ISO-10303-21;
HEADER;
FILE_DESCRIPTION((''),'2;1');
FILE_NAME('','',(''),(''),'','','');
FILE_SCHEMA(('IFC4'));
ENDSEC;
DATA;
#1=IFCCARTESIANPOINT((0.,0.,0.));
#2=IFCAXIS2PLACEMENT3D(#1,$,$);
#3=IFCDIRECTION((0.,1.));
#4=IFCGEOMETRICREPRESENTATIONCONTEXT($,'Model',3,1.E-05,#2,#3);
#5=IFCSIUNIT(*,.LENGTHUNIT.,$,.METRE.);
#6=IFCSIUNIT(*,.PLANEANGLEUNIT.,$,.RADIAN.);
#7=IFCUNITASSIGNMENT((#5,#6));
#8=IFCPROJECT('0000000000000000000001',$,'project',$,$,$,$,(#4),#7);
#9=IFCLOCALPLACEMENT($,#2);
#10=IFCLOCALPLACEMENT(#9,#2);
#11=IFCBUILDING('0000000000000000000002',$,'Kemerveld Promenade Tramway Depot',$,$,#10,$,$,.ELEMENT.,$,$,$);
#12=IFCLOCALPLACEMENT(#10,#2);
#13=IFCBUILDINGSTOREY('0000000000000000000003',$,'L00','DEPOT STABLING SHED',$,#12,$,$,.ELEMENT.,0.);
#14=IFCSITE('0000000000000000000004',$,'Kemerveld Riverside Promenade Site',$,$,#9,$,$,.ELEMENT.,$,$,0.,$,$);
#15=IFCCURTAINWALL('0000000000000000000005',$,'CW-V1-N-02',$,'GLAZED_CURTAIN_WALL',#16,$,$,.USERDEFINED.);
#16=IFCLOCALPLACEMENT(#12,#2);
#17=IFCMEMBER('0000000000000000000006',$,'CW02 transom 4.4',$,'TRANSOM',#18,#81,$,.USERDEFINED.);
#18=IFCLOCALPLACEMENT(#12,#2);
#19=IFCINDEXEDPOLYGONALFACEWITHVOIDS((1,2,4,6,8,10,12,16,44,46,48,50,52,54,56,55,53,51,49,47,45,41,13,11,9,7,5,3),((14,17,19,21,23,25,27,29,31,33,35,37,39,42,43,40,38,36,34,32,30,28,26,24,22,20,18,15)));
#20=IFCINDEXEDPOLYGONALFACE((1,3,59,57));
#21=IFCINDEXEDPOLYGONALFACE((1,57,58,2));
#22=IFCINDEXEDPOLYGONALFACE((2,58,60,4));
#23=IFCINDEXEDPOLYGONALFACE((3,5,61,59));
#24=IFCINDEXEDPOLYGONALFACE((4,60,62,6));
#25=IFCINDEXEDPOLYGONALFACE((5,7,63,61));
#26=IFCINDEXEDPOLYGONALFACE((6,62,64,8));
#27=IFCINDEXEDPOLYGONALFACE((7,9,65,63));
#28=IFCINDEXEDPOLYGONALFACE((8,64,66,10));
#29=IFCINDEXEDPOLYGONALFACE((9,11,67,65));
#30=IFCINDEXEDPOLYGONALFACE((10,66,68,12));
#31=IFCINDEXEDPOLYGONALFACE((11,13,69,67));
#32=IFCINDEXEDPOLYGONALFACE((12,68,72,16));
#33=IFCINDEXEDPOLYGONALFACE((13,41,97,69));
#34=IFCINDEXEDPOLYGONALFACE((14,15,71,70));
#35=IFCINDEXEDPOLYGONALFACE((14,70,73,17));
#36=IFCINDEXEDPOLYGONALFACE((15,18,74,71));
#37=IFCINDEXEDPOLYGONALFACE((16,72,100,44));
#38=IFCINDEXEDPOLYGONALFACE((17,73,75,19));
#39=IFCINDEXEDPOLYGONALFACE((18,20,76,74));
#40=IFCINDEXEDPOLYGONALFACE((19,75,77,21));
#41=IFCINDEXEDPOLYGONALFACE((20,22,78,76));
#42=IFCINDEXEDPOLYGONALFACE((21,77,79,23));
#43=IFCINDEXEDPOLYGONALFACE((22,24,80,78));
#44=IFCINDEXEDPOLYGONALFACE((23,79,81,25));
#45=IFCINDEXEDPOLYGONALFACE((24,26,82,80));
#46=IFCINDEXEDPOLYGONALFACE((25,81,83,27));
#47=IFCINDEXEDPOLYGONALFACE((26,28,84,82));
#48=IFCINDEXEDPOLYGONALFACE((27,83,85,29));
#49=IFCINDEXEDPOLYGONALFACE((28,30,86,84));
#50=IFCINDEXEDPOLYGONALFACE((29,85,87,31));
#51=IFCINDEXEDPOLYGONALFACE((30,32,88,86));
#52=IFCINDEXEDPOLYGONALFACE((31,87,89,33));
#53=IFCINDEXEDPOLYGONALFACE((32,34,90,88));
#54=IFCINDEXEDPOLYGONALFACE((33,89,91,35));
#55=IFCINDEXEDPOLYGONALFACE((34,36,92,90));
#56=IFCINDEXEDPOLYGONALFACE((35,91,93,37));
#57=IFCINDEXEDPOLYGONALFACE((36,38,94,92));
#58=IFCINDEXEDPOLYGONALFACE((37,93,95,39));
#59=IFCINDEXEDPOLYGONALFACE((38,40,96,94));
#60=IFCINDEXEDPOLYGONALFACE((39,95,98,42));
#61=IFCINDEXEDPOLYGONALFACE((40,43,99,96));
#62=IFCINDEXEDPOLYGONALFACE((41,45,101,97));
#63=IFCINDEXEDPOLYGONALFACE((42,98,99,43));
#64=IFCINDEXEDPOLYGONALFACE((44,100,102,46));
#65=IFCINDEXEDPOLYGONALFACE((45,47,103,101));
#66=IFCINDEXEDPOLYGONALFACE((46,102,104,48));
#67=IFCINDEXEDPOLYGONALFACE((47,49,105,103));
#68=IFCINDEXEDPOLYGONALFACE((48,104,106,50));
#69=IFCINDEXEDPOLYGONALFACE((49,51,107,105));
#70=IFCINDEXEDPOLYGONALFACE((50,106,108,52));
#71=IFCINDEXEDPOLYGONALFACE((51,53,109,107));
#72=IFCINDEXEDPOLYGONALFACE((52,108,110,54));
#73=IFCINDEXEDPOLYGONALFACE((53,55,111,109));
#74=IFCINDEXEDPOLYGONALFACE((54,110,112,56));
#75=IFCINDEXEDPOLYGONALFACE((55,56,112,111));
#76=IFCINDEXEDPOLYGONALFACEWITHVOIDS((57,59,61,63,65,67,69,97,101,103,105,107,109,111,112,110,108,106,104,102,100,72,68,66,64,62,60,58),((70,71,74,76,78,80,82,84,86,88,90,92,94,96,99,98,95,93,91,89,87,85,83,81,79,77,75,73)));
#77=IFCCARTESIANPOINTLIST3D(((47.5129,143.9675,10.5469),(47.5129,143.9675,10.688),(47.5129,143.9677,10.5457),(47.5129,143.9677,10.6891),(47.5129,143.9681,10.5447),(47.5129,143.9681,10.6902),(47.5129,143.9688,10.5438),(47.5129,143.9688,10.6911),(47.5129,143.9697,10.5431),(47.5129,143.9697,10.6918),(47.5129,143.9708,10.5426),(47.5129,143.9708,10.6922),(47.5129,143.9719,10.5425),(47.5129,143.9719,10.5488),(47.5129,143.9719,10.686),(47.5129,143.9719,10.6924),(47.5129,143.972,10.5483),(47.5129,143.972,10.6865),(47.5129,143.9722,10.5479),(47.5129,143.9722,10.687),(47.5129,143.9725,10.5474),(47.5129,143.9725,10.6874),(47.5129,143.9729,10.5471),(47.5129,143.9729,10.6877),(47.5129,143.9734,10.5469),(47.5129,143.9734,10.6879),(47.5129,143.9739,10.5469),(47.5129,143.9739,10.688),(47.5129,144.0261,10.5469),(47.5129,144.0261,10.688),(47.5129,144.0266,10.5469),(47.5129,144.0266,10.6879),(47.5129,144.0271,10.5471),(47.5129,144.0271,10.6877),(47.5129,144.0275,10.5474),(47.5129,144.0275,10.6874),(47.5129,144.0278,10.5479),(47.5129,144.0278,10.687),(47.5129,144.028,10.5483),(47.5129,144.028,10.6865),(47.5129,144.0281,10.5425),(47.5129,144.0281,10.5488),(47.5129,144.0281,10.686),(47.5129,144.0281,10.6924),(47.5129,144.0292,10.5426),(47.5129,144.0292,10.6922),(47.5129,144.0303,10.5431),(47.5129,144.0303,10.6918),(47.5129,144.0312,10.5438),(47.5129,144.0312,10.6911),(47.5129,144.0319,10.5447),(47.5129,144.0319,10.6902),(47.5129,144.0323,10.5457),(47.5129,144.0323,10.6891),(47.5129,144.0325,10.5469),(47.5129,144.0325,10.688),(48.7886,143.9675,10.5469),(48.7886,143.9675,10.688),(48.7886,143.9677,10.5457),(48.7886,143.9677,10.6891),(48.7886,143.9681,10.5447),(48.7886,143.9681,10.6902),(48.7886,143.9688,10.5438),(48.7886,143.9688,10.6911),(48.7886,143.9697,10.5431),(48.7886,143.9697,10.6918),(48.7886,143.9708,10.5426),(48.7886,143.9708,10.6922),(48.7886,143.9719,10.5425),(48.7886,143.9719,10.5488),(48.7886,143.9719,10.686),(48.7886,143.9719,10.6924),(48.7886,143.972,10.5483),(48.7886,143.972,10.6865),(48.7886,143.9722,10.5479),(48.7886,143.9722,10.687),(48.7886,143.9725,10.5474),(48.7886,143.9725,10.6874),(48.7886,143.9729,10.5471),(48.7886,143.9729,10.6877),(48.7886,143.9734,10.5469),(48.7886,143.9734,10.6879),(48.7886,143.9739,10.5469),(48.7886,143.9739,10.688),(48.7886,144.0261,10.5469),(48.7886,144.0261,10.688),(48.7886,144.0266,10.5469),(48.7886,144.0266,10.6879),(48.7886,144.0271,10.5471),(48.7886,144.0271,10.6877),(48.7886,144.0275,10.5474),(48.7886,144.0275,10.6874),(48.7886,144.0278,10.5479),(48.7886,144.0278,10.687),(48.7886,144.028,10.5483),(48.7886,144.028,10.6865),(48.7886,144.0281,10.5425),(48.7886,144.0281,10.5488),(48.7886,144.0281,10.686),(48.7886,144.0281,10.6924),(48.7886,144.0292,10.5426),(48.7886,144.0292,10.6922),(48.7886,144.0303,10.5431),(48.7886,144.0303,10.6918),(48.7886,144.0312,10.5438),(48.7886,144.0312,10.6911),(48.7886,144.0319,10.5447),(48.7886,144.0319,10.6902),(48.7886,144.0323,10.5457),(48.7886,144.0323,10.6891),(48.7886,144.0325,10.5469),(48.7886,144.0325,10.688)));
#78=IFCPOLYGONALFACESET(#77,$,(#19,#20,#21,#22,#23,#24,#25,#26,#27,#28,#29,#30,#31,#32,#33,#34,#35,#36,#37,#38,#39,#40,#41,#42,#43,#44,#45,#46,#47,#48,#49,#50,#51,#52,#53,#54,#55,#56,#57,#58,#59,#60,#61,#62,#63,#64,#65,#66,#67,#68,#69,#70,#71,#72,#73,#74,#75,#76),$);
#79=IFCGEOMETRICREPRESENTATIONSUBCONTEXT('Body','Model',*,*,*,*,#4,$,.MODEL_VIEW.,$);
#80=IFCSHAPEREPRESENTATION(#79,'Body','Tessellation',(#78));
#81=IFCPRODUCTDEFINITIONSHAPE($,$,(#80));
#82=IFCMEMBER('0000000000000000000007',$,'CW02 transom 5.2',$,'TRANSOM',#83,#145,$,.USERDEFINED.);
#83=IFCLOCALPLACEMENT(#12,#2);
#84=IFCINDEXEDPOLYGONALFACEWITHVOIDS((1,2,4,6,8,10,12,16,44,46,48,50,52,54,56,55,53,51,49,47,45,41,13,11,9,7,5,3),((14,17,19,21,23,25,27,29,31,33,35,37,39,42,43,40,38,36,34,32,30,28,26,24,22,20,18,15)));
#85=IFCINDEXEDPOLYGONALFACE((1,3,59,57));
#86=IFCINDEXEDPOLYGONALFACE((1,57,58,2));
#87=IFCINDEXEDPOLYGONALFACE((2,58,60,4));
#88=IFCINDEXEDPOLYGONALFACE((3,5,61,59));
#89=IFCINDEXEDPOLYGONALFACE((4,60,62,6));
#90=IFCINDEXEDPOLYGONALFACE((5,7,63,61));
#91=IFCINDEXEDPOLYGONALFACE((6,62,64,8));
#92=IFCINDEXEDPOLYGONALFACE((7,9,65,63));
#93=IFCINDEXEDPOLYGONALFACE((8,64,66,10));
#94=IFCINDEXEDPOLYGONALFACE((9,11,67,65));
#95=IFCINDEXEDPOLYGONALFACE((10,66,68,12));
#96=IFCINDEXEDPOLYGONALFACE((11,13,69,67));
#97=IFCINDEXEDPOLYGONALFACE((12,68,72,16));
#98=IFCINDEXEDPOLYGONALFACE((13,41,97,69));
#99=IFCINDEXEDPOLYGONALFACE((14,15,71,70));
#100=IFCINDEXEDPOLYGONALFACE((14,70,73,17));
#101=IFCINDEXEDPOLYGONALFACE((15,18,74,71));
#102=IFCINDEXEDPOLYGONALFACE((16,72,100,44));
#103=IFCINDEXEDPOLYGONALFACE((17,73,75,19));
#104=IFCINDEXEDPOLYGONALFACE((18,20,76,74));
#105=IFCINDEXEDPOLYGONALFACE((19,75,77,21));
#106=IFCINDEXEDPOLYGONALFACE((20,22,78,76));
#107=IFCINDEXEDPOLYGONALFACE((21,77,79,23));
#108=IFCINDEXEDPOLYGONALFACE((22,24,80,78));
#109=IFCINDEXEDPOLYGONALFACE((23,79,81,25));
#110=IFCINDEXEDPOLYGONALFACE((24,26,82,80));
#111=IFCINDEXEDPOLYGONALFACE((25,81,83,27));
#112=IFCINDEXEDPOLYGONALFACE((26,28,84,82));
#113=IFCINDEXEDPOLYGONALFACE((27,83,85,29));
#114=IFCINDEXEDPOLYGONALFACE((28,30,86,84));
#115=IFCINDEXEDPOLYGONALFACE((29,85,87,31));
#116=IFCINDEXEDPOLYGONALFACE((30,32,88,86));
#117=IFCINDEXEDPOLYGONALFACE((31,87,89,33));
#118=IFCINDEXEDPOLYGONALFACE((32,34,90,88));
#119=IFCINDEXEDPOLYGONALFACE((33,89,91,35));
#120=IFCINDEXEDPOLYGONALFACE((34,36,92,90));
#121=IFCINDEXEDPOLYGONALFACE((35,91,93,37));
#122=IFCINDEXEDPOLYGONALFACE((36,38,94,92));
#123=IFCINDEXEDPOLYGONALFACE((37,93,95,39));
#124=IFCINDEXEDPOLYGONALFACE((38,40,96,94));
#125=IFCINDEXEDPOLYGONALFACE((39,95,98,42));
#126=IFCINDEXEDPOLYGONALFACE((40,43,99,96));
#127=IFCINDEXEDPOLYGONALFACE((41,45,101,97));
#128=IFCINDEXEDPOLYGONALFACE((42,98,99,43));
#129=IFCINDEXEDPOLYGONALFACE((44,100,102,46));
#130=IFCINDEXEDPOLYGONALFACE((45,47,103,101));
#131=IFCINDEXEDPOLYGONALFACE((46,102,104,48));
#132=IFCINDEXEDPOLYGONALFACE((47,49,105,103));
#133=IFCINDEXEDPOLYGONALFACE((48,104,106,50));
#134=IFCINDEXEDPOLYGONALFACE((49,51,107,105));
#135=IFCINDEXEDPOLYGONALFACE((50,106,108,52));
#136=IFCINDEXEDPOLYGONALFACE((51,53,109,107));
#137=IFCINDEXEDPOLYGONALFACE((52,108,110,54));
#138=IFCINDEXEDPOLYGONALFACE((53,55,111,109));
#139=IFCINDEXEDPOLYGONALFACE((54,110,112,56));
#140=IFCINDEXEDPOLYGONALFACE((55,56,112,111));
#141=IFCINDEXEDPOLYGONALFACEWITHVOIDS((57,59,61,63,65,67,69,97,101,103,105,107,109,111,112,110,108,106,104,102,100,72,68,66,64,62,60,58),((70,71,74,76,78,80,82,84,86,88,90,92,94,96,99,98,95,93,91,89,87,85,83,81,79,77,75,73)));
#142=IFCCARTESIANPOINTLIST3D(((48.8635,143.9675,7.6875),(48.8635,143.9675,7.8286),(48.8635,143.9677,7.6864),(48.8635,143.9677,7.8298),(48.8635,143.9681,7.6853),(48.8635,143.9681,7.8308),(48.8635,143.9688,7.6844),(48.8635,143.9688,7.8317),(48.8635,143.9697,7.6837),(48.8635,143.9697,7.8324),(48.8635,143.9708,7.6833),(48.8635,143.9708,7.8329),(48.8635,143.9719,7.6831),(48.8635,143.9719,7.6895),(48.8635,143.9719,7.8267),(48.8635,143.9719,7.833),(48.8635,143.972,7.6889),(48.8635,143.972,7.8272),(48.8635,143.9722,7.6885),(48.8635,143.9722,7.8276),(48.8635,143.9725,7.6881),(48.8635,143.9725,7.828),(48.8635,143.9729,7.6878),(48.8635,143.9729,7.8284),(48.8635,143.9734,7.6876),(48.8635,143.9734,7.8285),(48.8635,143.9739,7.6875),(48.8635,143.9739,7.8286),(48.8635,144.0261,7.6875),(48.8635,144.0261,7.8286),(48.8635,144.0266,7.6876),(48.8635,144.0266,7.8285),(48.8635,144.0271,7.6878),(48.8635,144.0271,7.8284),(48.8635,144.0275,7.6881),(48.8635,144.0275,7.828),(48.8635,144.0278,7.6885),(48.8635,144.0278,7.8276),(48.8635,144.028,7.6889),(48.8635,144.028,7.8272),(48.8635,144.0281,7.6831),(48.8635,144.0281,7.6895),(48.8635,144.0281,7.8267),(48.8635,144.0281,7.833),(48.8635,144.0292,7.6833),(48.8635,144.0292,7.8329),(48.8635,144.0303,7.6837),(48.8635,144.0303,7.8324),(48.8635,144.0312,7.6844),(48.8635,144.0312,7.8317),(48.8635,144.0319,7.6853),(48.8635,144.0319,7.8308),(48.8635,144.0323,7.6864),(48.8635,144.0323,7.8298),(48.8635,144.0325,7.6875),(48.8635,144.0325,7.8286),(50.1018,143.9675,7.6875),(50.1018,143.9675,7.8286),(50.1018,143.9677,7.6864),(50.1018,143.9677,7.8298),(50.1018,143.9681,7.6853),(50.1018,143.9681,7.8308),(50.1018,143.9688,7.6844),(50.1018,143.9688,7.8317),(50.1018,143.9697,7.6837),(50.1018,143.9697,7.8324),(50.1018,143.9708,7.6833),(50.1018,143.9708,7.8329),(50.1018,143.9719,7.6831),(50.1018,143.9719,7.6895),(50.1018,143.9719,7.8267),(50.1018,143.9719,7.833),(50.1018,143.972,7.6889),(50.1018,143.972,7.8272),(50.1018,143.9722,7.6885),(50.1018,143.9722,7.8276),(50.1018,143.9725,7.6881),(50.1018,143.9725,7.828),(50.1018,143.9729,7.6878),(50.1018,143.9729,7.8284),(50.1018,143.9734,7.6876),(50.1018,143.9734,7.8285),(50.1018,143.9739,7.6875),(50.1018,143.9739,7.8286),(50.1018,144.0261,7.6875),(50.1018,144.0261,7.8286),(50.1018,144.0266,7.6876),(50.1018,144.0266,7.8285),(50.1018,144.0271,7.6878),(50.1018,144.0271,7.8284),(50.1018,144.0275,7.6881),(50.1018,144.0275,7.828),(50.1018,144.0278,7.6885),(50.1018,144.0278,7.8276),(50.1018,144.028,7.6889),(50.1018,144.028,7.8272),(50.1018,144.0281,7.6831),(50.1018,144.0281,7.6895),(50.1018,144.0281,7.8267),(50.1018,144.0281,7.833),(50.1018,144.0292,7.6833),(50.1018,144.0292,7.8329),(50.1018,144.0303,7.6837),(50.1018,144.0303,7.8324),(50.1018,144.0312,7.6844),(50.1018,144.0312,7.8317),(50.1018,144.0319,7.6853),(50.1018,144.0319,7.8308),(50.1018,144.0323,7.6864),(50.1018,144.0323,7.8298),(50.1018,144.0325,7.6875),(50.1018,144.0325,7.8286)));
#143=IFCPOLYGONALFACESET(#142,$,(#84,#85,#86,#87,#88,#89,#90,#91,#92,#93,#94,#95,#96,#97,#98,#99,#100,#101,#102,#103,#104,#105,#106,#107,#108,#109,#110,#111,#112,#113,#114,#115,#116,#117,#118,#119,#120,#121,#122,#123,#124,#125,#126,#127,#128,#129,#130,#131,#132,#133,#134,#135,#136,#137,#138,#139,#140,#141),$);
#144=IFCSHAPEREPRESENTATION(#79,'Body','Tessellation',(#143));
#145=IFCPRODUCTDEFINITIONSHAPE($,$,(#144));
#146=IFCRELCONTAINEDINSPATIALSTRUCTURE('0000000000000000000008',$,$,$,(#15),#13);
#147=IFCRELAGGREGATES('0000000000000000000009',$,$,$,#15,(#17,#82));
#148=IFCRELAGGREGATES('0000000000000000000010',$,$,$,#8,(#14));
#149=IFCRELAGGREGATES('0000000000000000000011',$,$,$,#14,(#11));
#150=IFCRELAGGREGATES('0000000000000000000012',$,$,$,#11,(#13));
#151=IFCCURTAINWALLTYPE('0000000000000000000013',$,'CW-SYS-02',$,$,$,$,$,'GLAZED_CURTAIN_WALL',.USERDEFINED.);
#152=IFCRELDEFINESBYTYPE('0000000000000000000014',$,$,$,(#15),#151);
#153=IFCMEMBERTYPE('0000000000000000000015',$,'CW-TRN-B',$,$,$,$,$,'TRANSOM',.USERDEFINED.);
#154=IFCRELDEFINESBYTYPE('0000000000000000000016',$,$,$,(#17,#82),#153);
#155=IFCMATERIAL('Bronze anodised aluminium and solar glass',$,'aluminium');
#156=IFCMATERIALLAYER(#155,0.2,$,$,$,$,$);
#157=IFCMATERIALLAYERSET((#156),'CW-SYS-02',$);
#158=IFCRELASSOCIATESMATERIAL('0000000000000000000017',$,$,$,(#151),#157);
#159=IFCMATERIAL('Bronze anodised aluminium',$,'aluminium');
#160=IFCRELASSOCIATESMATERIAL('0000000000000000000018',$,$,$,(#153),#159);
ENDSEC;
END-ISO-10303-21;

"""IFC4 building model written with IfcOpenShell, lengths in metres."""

from ifc_helpers import new_model, si_unit, direction, frame, origin, origin_2d, place, context, subcontext, project, spatial, hollow_rectangle, extrude, material, layer, layer_set, material_profile, profile_set, type_object, element, aggregate, save


model = new_model("IFC4")

# Units and contexts
model_context = context("Model", 3, precision=1e-05, world=origin(), true_north=direction((0.0, 1.0)))
body_context = subcontext(model_context, "Body", "Model", "MODEL_VIEW")
ifc_project = project(units=[si_unit("LENGTHUNIT", "METRE"), si_unit("PLANEANGLEUNIT", "RADIAN")], contexts=[model_context])

# Site, building, storey
site_placement = place(None, origin())
site = spatial("IfcSite", under=ifc_project, at=site_placement, Name="Kemerveld Riverside Promenade Site", CompositionType="ELEMENT", RefElevation=0.0)
building_placement = place(site_placement, origin())
building = spatial("IfcBuilding", under=site, at=building_placement, Name="Kemerveld Promenade Tramway Depot", CompositionType="ELEMENT")
storey_placement = place(building_placement, origin())
storey = spatial("IfcBuildingStorey", under=building, at=storey_placement, Name="L00", Description="DEPOT STABLING SHED", CompositionType="ELEMENT", Elevation=0.0)

# Curtain wall, members
ifc_material_1 = material(Name="Bronze anodised aluminium and solar glass", Category="aluminium")
ifc_material_2 = material(Name="Bronze anodised aluminium", Category="aluminium")
ifc_layer_1 = layer(ifc_material_1, 0.2)
ifc_layer_set_1 = layer_set([ifc_layer_1], Name="CW-SYS-02")
curtain_wall_type_1 = type_object("IfcCurtainWallType", Name="CW-SYS-02", ElementType="GLAZED_CURTAIN_WALL", PredefinedType="USERDEFINED", material=ifc_layer_set_1)
curtain_wall_1_placement = place(storey_placement, origin())
curtain_wall_1 = element("IfcCurtainWall", 1, at=curtain_wall_1_placement, inside=storey, type_object=curtain_wall_type_1, Name="CW-V1-N-02", ObjectType="GLAZED_CURTAIN_WALL", PredefinedType="USERDEFINED")
ifc_material_profile_1 = material_profile(ifc_material_2, hollow_rectangle(XDim=0.0649, YDim=0.1499, WallThickness=0.0044, InnerFilletRadius=0.002, OuterFilletRadius=0.0044, at=origin_2d()), Name="CW-TRN-150x65")
ifc_profile_set_1 = profile_set([ifc_material_profile_1], Name="Bronze anodised aluminium")
member_type_1 = type_object("IfcMemberType", Name="CW-TRN-B", ElementType="TRANSOM", PredefinedType="USERDEFINED", material=ifc_profile_set_1)
member_1_placement = place(storey_placement, frame((47.5129, 144.0, 10.6174), z_axis=(1.0, 0.0, 0.0), x_axis=(0.0, 1.0, 0.0)))
member_1 = element("IfcMember", 2, at=member_1_placement, type_object=member_type_1, Name="CW02 transom 4.4", ObjectType="TRANSOM", PredefinedType="USERDEFINED", context=body_context, shape_type="SweptSolid", body=[
    extrude(hollow_rectangle(XDim=0.0649, YDim=0.1499, WallThickness=0.0044, InnerFilletRadius=0.002, OuterFilletRadius=0.0044, at=origin_2d()), origin(), (0.0, 0.0, 1.0), 1.2756),
])
member_2_placement = place(storey_placement, frame((48.8635, 144.0, 7.7581), z_axis=(1.0, 0.0, 0.0), x_axis=(0.0, 1.0, 0.0)))
member_2 = element("IfcMember", 3, at=member_2_placement, type_object=member_type_1, Name="CW02 transom 5.2", ObjectType="TRANSOM", PredefinedType="USERDEFINED", context=body_context, shape_type="SweptSolid", body=[
    extrude(hollow_rectangle(XDim=0.0649, YDim=0.1499, WallThickness=0.0044, InnerFilletRadius=0.002, OuterFilletRadius=0.0044, at=origin_2d()), origin(), (0.0, 0.0, 1.0), 1.2383),
])

aggregate(curtain_wall_1, [member_1, member_2])

save(model, "model.ifc")
